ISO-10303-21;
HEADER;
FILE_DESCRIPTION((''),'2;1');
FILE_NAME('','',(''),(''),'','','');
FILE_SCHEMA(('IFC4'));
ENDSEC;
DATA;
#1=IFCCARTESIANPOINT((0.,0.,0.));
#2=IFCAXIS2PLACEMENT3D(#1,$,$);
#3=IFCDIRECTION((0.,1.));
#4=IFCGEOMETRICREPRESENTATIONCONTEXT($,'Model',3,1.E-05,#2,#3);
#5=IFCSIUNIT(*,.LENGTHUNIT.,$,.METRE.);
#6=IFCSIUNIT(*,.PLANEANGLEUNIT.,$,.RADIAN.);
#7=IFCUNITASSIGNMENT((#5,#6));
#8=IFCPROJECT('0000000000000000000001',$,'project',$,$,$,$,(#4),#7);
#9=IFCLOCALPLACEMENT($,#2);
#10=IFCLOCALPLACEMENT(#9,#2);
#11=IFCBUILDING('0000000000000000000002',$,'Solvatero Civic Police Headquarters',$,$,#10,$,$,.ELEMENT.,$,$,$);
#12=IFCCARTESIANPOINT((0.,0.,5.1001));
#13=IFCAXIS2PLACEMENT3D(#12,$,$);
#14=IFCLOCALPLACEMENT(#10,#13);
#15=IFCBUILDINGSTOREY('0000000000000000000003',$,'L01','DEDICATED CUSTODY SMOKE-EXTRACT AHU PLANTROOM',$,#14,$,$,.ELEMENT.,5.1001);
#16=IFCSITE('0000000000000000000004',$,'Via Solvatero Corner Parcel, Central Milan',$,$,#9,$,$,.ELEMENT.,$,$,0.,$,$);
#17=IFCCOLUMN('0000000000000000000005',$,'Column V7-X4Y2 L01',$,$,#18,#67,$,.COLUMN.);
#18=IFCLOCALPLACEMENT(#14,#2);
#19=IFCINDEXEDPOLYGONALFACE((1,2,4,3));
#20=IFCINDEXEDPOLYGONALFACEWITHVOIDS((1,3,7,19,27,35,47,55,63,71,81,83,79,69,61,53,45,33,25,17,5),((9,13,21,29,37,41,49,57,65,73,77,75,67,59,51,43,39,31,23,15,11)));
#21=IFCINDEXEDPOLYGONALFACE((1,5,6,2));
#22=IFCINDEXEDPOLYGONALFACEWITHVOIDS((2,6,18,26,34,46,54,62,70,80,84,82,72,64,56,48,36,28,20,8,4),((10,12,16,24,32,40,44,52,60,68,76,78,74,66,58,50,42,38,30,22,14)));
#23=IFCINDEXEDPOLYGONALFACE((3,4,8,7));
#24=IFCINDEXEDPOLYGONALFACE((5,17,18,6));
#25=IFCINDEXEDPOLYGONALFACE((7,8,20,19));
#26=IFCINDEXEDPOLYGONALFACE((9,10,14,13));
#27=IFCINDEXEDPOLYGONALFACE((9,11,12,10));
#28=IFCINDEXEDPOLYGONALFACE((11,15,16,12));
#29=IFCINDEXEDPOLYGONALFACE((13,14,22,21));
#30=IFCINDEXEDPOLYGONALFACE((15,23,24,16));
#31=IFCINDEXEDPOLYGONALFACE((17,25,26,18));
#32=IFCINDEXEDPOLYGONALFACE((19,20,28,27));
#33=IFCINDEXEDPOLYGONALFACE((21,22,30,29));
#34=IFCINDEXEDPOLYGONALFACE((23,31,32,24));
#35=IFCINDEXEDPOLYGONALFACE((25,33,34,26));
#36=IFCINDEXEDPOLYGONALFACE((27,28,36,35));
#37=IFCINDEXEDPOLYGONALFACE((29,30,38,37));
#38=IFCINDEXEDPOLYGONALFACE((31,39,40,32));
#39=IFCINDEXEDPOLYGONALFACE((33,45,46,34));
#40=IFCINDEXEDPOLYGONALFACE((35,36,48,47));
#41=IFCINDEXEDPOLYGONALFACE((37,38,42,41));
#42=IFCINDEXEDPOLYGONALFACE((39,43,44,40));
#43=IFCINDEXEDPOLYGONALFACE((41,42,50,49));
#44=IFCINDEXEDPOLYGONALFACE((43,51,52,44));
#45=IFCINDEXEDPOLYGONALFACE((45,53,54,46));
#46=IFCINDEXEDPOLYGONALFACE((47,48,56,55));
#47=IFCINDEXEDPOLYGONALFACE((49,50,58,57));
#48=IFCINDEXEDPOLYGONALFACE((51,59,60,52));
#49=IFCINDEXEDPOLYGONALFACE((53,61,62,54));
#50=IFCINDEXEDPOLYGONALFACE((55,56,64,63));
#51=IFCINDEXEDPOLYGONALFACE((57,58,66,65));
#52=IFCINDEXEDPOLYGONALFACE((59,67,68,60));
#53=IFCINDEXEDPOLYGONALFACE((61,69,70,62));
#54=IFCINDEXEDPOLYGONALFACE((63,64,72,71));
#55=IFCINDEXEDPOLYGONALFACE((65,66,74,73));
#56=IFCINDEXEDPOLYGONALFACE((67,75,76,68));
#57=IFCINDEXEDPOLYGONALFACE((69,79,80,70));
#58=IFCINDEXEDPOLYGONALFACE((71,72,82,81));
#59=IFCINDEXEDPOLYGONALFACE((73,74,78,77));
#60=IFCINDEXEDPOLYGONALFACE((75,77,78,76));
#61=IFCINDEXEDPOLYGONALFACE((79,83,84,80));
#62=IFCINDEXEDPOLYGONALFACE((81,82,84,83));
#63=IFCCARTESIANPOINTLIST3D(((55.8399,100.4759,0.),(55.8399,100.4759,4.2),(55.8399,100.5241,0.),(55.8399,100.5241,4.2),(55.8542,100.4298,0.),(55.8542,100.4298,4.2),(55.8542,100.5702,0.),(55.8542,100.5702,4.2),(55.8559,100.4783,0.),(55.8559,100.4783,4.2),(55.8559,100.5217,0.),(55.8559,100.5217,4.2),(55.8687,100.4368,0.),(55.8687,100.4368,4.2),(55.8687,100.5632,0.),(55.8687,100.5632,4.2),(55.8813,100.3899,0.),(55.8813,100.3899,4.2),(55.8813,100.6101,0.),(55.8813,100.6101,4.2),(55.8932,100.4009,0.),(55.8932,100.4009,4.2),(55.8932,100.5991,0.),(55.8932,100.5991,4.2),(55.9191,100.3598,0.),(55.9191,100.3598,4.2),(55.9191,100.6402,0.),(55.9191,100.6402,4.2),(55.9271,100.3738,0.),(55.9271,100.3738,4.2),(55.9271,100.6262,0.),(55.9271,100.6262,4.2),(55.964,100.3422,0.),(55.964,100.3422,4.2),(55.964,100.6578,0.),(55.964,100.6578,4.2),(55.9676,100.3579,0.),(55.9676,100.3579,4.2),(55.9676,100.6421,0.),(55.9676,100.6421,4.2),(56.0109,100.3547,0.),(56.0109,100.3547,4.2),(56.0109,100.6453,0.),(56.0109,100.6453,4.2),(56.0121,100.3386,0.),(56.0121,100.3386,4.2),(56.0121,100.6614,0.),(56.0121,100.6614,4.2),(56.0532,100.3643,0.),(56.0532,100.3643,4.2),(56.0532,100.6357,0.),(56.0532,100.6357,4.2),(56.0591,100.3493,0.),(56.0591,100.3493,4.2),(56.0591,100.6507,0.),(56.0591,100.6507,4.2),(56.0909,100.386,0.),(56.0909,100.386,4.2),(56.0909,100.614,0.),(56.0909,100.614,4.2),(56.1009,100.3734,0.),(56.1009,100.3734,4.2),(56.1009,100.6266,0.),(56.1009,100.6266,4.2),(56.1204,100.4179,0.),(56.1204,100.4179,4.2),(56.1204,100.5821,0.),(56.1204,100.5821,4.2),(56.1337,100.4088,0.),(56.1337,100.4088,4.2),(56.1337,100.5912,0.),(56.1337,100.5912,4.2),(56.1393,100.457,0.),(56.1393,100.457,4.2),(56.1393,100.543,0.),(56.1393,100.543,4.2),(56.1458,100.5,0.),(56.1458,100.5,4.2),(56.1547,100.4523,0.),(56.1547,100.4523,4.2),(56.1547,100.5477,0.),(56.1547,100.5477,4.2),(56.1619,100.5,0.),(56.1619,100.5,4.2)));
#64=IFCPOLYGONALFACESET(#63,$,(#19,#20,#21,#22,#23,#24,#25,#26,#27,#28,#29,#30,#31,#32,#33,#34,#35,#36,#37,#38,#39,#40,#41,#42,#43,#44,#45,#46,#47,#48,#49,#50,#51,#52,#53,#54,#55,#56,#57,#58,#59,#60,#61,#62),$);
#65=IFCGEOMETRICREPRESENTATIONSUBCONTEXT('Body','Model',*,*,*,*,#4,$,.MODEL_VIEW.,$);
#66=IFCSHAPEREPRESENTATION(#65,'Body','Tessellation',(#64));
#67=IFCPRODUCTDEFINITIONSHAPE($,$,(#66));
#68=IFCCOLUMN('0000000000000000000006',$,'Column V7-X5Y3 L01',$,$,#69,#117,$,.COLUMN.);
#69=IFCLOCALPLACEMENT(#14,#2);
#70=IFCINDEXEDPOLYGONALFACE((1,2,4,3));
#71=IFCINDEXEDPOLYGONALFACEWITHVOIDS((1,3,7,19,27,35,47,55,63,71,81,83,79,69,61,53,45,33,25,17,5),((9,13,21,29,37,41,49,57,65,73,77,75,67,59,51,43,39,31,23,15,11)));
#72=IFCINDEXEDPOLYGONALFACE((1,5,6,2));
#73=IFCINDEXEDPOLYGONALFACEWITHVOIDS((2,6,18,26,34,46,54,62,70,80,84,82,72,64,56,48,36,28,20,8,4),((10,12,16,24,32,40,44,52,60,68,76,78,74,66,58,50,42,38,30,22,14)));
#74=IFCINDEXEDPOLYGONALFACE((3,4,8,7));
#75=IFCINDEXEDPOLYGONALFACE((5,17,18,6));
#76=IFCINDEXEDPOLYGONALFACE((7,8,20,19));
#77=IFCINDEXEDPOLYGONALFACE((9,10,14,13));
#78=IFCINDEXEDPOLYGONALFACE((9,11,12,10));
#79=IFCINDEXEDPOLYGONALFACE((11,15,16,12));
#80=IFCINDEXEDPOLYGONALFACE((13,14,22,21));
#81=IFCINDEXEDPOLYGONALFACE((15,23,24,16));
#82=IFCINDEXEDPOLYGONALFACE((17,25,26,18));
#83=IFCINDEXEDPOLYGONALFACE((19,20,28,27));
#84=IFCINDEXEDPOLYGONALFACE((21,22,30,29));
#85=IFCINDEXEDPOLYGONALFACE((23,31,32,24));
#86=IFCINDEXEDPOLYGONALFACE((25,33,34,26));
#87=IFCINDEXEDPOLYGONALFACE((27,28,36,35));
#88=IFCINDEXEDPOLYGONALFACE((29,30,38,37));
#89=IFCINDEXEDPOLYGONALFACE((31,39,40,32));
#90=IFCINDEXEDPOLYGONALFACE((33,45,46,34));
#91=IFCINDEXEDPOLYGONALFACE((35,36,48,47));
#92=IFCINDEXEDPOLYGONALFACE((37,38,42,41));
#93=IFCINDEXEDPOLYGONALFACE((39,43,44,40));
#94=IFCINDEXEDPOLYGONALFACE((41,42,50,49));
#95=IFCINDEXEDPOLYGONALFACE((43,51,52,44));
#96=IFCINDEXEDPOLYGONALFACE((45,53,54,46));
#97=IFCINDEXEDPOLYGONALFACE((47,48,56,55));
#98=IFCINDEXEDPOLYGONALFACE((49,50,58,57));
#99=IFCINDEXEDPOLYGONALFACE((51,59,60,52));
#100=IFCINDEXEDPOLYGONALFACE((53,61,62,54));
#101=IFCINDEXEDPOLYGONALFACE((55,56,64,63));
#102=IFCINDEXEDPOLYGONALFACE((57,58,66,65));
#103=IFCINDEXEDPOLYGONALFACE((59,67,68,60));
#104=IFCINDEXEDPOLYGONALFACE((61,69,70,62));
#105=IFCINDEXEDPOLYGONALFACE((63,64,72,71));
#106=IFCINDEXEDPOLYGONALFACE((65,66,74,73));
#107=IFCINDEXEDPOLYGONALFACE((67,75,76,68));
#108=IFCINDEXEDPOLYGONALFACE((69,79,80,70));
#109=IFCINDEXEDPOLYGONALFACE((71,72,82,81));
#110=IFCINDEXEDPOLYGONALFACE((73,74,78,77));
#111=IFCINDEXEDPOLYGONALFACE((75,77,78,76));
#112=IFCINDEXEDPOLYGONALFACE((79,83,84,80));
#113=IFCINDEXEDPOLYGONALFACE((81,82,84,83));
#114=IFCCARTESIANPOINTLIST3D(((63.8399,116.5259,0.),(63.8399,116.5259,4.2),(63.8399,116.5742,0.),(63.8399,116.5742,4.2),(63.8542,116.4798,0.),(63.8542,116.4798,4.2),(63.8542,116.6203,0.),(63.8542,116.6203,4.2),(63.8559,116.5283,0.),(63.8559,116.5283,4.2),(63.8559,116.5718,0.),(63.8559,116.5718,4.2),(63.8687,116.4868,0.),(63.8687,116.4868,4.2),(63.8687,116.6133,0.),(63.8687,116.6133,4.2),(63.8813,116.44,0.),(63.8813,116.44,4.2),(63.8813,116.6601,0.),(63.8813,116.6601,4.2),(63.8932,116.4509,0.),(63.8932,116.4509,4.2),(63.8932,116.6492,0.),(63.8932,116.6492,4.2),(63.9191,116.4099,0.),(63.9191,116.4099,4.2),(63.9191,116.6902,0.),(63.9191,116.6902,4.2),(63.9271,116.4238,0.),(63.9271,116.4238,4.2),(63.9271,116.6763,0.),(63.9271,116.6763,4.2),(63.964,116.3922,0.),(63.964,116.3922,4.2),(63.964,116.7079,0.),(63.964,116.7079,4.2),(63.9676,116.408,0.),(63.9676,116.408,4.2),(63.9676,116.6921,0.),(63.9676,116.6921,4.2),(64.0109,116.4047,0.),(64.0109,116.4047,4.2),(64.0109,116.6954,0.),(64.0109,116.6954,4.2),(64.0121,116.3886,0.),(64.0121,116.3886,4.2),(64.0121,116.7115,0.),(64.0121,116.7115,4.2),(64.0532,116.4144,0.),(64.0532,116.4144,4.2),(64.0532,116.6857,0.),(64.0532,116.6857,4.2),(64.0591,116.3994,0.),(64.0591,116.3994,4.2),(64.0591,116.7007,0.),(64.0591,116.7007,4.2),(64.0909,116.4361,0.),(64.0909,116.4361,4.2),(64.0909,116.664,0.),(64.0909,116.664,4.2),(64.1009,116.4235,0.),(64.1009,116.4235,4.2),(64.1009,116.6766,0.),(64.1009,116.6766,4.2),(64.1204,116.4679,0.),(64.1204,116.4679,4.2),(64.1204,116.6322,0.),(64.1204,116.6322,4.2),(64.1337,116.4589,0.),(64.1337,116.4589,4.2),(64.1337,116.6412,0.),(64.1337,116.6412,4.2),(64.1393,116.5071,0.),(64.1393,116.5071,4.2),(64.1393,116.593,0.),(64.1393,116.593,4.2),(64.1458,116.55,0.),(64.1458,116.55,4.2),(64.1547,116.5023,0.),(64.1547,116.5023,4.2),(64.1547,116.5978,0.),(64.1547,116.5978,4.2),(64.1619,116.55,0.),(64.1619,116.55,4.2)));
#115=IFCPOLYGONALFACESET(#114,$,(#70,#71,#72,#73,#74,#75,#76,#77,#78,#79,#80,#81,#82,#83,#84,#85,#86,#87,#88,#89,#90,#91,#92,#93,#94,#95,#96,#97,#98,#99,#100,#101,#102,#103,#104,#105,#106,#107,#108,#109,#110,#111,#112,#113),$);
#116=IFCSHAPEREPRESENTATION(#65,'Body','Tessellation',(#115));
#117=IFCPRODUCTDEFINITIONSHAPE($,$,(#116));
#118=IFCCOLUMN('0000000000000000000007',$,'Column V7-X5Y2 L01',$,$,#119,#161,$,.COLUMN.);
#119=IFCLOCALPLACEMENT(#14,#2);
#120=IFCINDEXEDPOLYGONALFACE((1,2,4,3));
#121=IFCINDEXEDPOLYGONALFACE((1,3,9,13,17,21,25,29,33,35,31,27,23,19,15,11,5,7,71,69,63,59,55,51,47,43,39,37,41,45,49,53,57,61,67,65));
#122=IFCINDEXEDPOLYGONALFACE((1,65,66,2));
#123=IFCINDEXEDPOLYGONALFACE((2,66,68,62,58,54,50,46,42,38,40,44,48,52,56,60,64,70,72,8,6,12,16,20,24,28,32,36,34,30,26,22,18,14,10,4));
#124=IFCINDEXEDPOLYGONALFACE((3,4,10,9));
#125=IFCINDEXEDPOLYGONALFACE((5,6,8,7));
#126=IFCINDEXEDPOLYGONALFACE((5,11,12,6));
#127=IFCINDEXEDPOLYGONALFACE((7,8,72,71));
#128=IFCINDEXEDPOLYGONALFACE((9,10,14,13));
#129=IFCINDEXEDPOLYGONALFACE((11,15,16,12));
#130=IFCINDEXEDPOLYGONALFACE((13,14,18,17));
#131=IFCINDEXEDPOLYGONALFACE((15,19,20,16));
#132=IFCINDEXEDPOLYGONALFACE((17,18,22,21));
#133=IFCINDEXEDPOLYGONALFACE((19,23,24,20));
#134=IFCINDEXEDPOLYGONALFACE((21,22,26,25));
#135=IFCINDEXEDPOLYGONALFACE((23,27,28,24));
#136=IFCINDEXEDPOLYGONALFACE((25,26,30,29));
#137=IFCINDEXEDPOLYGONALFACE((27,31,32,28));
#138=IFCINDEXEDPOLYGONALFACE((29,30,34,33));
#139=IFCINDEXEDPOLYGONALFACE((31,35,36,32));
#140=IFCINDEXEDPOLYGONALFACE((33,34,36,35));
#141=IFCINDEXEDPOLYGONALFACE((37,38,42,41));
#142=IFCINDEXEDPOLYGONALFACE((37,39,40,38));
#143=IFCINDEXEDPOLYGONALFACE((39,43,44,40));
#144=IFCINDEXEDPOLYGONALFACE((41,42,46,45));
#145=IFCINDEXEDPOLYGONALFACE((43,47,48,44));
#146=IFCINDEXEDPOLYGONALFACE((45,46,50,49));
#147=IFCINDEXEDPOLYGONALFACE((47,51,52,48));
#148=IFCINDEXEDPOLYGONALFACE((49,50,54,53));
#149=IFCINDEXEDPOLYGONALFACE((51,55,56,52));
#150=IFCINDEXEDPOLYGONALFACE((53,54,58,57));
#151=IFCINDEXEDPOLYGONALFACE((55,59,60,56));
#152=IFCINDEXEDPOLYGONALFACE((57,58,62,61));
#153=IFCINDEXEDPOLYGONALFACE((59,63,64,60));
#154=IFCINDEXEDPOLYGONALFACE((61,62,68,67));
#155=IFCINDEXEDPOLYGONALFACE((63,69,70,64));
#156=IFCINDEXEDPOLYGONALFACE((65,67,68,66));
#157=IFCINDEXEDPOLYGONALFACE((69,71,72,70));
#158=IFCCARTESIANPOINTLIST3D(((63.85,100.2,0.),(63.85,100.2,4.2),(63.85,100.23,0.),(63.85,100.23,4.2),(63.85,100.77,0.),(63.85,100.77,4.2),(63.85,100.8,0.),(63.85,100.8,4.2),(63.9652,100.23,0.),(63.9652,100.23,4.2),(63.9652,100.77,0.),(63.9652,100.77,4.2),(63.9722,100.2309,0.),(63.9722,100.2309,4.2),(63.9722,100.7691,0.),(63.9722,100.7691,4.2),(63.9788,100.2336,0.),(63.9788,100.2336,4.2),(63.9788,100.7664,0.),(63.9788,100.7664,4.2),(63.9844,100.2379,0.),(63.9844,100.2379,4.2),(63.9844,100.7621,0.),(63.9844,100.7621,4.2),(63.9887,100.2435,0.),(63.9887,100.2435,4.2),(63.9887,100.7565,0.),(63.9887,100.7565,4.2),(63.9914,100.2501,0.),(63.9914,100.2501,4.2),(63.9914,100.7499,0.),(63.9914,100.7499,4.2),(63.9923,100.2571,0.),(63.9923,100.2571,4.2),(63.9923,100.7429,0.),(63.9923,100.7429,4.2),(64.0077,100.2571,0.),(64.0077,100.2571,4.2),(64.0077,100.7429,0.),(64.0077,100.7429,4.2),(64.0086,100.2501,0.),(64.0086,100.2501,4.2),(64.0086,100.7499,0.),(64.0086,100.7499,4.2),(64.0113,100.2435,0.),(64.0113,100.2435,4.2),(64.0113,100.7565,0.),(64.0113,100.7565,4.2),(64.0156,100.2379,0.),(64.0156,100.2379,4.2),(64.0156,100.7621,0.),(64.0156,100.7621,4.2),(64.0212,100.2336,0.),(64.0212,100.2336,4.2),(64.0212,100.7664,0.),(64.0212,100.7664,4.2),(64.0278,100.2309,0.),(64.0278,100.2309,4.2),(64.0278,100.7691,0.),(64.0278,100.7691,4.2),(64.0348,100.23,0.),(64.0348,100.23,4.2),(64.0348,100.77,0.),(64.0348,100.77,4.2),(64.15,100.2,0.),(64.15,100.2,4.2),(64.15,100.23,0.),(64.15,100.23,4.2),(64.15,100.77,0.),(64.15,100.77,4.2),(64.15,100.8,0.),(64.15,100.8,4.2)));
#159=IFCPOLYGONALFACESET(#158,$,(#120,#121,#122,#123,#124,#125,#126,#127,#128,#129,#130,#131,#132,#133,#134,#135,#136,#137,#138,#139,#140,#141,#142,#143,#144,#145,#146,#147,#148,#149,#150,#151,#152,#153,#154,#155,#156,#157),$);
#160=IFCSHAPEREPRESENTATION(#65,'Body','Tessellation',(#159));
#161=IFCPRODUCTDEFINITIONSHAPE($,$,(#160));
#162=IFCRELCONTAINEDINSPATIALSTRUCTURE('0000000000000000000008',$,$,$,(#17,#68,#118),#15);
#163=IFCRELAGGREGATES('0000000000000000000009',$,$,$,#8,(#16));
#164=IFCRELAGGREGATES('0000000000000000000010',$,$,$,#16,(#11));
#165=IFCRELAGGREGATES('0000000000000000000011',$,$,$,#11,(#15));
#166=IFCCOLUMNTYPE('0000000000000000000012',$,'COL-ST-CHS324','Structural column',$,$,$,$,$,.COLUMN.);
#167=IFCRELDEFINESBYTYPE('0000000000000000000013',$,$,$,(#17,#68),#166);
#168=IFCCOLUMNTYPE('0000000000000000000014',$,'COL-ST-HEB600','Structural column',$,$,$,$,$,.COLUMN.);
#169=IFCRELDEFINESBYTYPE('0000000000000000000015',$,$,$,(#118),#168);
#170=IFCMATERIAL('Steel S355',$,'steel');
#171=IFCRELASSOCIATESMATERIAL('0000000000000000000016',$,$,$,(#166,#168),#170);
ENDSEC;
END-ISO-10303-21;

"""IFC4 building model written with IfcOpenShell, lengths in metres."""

from ifc_helpers import new_model, si_unit, direction, frame, origin, origin_2d, place, context, subcontext, project, spatial, hollow_circle, i_section, extrude, material, material_profile, profile_set, type_object, element, save


model = new_model("IFC4")

# Units and contexts
model_context = context("Model", 3, precision=1e-05, world=origin(), true_north=direction((0.0, 1.0)))
body_context = subcontext(model_context, "Body", "Model", "MODEL_VIEW")
ifc_project = project(units=[si_unit("LENGTHUNIT", "METRE"), si_unit("PLANEANGLEUNIT", "RADIAN")], contexts=[model_context])

# Site, building, storey
site_placement = place(None, origin())
site = spatial("IfcSite", under=ifc_project, at=site_placement, Name="Via Solvatero Corner Parcel, Central Milan", CompositionType="ELEMENT", RefElevation=0.0)
building_placement = place(site_placement, origin())
building = spatial("IfcBuilding", under=site, at=building_placement, Name="Solvatero Civic Police Headquarters", CompositionType="ELEMENT")
storey_placement = place(building_placement, frame((0.0, 0.0, 5.1001)))
storey = spatial("IfcBuildingStorey", under=building, at=storey_placement, Name="L01", Description="DEDICATED CUSTODY SMOKE-EXTRACT AHU PLANTROOM", CompositionType="ELEMENT", Elevation=5.1001)

# Columns
ifc_material_1 = material(Name="Steel S355", Category="steel")
ifc_material_profile_1 = material_profile(ifc_material_1, hollow_circle(Radius=0.1619, WallThickness=0.0161, at=origin_2d()), Name="CHS 323.9x16.0")
ifc_profile_set_1 = profile_set([ifc_material_profile_1], Name="Steel S355")
column_type_1 = type_object("IfcColumnType", Name="COL-ST-CHS324", Description="Structural column", PredefinedType="COLUMN", material=ifc_profile_set_1)
for number, where, z_axis, x_axis, name in (
    (1, (56.0, 100.5, 0.0), (0.0, 0.0, 1.0), (1.0, 0.0, 0.0), "Column V7-X4Y2 L01"),
    (2, (64.0, 116.55, 0.0), (0.0, 0.0, 1.0), (1.0, 0.0, 0.0), "Column V7-X5Y3 L01"),
):
    element("IfcColumn", number, at=place(storey_placement, frame(where, z_axis=z_axis, x_axis=x_axis)), inside=storey, type_object=column_type_1, Name=name, PredefinedType="COLUMN", context=body_context, shape_type="SweptSolid", body=[
        extrude(hollow_circle(Radius=0.1619, WallThickness=0.0161, at=origin_2d()), origin(), (0.0, 0.0, 1.0), 4.2),
    ])
ifc_material_profile_2 = material_profile(ifc_material_1, i_section(OverallWidth=0.3, OverallDepth=0.6001, WebThickness=0.0154, FlangeThickness=0.03, FilletRadius=0.0271, at=origin_2d()), Name="HEB 600")
ifc_profile_set_2 = profile_set([ifc_material_profile_2], Name="Steel S355")
column_type_2 = type_object("IfcColumnType", Name="COL-ST-HEB600", Description="Structural column", PredefinedType="COLUMN", material=ifc_profile_set_2)
column_1_placement = place(storey_placement, frame((64.0, 100.5, 0.0), z_axis=(0.0, 0.0, 1.0), x_axis=(1.0, 0.0, 0.0)))
element("IfcColumn", 3, at=column_1_placement, inside=storey, type_object=column_type_2, Name="Column V7-X5Y2 L01", PredefinedType="COLUMN", context=body_context, shape_type="SweptSolid", body=[
    extrude(i_section(OverallWidth=0.3, OverallDepth=0.6001, WebThickness=0.0154, FlangeThickness=0.03, FilletRadius=0.0271, at=origin_2d()), origin(), (0.0, 0.0, 1.0), 4.2),
])

save(model, "model.ifc")
